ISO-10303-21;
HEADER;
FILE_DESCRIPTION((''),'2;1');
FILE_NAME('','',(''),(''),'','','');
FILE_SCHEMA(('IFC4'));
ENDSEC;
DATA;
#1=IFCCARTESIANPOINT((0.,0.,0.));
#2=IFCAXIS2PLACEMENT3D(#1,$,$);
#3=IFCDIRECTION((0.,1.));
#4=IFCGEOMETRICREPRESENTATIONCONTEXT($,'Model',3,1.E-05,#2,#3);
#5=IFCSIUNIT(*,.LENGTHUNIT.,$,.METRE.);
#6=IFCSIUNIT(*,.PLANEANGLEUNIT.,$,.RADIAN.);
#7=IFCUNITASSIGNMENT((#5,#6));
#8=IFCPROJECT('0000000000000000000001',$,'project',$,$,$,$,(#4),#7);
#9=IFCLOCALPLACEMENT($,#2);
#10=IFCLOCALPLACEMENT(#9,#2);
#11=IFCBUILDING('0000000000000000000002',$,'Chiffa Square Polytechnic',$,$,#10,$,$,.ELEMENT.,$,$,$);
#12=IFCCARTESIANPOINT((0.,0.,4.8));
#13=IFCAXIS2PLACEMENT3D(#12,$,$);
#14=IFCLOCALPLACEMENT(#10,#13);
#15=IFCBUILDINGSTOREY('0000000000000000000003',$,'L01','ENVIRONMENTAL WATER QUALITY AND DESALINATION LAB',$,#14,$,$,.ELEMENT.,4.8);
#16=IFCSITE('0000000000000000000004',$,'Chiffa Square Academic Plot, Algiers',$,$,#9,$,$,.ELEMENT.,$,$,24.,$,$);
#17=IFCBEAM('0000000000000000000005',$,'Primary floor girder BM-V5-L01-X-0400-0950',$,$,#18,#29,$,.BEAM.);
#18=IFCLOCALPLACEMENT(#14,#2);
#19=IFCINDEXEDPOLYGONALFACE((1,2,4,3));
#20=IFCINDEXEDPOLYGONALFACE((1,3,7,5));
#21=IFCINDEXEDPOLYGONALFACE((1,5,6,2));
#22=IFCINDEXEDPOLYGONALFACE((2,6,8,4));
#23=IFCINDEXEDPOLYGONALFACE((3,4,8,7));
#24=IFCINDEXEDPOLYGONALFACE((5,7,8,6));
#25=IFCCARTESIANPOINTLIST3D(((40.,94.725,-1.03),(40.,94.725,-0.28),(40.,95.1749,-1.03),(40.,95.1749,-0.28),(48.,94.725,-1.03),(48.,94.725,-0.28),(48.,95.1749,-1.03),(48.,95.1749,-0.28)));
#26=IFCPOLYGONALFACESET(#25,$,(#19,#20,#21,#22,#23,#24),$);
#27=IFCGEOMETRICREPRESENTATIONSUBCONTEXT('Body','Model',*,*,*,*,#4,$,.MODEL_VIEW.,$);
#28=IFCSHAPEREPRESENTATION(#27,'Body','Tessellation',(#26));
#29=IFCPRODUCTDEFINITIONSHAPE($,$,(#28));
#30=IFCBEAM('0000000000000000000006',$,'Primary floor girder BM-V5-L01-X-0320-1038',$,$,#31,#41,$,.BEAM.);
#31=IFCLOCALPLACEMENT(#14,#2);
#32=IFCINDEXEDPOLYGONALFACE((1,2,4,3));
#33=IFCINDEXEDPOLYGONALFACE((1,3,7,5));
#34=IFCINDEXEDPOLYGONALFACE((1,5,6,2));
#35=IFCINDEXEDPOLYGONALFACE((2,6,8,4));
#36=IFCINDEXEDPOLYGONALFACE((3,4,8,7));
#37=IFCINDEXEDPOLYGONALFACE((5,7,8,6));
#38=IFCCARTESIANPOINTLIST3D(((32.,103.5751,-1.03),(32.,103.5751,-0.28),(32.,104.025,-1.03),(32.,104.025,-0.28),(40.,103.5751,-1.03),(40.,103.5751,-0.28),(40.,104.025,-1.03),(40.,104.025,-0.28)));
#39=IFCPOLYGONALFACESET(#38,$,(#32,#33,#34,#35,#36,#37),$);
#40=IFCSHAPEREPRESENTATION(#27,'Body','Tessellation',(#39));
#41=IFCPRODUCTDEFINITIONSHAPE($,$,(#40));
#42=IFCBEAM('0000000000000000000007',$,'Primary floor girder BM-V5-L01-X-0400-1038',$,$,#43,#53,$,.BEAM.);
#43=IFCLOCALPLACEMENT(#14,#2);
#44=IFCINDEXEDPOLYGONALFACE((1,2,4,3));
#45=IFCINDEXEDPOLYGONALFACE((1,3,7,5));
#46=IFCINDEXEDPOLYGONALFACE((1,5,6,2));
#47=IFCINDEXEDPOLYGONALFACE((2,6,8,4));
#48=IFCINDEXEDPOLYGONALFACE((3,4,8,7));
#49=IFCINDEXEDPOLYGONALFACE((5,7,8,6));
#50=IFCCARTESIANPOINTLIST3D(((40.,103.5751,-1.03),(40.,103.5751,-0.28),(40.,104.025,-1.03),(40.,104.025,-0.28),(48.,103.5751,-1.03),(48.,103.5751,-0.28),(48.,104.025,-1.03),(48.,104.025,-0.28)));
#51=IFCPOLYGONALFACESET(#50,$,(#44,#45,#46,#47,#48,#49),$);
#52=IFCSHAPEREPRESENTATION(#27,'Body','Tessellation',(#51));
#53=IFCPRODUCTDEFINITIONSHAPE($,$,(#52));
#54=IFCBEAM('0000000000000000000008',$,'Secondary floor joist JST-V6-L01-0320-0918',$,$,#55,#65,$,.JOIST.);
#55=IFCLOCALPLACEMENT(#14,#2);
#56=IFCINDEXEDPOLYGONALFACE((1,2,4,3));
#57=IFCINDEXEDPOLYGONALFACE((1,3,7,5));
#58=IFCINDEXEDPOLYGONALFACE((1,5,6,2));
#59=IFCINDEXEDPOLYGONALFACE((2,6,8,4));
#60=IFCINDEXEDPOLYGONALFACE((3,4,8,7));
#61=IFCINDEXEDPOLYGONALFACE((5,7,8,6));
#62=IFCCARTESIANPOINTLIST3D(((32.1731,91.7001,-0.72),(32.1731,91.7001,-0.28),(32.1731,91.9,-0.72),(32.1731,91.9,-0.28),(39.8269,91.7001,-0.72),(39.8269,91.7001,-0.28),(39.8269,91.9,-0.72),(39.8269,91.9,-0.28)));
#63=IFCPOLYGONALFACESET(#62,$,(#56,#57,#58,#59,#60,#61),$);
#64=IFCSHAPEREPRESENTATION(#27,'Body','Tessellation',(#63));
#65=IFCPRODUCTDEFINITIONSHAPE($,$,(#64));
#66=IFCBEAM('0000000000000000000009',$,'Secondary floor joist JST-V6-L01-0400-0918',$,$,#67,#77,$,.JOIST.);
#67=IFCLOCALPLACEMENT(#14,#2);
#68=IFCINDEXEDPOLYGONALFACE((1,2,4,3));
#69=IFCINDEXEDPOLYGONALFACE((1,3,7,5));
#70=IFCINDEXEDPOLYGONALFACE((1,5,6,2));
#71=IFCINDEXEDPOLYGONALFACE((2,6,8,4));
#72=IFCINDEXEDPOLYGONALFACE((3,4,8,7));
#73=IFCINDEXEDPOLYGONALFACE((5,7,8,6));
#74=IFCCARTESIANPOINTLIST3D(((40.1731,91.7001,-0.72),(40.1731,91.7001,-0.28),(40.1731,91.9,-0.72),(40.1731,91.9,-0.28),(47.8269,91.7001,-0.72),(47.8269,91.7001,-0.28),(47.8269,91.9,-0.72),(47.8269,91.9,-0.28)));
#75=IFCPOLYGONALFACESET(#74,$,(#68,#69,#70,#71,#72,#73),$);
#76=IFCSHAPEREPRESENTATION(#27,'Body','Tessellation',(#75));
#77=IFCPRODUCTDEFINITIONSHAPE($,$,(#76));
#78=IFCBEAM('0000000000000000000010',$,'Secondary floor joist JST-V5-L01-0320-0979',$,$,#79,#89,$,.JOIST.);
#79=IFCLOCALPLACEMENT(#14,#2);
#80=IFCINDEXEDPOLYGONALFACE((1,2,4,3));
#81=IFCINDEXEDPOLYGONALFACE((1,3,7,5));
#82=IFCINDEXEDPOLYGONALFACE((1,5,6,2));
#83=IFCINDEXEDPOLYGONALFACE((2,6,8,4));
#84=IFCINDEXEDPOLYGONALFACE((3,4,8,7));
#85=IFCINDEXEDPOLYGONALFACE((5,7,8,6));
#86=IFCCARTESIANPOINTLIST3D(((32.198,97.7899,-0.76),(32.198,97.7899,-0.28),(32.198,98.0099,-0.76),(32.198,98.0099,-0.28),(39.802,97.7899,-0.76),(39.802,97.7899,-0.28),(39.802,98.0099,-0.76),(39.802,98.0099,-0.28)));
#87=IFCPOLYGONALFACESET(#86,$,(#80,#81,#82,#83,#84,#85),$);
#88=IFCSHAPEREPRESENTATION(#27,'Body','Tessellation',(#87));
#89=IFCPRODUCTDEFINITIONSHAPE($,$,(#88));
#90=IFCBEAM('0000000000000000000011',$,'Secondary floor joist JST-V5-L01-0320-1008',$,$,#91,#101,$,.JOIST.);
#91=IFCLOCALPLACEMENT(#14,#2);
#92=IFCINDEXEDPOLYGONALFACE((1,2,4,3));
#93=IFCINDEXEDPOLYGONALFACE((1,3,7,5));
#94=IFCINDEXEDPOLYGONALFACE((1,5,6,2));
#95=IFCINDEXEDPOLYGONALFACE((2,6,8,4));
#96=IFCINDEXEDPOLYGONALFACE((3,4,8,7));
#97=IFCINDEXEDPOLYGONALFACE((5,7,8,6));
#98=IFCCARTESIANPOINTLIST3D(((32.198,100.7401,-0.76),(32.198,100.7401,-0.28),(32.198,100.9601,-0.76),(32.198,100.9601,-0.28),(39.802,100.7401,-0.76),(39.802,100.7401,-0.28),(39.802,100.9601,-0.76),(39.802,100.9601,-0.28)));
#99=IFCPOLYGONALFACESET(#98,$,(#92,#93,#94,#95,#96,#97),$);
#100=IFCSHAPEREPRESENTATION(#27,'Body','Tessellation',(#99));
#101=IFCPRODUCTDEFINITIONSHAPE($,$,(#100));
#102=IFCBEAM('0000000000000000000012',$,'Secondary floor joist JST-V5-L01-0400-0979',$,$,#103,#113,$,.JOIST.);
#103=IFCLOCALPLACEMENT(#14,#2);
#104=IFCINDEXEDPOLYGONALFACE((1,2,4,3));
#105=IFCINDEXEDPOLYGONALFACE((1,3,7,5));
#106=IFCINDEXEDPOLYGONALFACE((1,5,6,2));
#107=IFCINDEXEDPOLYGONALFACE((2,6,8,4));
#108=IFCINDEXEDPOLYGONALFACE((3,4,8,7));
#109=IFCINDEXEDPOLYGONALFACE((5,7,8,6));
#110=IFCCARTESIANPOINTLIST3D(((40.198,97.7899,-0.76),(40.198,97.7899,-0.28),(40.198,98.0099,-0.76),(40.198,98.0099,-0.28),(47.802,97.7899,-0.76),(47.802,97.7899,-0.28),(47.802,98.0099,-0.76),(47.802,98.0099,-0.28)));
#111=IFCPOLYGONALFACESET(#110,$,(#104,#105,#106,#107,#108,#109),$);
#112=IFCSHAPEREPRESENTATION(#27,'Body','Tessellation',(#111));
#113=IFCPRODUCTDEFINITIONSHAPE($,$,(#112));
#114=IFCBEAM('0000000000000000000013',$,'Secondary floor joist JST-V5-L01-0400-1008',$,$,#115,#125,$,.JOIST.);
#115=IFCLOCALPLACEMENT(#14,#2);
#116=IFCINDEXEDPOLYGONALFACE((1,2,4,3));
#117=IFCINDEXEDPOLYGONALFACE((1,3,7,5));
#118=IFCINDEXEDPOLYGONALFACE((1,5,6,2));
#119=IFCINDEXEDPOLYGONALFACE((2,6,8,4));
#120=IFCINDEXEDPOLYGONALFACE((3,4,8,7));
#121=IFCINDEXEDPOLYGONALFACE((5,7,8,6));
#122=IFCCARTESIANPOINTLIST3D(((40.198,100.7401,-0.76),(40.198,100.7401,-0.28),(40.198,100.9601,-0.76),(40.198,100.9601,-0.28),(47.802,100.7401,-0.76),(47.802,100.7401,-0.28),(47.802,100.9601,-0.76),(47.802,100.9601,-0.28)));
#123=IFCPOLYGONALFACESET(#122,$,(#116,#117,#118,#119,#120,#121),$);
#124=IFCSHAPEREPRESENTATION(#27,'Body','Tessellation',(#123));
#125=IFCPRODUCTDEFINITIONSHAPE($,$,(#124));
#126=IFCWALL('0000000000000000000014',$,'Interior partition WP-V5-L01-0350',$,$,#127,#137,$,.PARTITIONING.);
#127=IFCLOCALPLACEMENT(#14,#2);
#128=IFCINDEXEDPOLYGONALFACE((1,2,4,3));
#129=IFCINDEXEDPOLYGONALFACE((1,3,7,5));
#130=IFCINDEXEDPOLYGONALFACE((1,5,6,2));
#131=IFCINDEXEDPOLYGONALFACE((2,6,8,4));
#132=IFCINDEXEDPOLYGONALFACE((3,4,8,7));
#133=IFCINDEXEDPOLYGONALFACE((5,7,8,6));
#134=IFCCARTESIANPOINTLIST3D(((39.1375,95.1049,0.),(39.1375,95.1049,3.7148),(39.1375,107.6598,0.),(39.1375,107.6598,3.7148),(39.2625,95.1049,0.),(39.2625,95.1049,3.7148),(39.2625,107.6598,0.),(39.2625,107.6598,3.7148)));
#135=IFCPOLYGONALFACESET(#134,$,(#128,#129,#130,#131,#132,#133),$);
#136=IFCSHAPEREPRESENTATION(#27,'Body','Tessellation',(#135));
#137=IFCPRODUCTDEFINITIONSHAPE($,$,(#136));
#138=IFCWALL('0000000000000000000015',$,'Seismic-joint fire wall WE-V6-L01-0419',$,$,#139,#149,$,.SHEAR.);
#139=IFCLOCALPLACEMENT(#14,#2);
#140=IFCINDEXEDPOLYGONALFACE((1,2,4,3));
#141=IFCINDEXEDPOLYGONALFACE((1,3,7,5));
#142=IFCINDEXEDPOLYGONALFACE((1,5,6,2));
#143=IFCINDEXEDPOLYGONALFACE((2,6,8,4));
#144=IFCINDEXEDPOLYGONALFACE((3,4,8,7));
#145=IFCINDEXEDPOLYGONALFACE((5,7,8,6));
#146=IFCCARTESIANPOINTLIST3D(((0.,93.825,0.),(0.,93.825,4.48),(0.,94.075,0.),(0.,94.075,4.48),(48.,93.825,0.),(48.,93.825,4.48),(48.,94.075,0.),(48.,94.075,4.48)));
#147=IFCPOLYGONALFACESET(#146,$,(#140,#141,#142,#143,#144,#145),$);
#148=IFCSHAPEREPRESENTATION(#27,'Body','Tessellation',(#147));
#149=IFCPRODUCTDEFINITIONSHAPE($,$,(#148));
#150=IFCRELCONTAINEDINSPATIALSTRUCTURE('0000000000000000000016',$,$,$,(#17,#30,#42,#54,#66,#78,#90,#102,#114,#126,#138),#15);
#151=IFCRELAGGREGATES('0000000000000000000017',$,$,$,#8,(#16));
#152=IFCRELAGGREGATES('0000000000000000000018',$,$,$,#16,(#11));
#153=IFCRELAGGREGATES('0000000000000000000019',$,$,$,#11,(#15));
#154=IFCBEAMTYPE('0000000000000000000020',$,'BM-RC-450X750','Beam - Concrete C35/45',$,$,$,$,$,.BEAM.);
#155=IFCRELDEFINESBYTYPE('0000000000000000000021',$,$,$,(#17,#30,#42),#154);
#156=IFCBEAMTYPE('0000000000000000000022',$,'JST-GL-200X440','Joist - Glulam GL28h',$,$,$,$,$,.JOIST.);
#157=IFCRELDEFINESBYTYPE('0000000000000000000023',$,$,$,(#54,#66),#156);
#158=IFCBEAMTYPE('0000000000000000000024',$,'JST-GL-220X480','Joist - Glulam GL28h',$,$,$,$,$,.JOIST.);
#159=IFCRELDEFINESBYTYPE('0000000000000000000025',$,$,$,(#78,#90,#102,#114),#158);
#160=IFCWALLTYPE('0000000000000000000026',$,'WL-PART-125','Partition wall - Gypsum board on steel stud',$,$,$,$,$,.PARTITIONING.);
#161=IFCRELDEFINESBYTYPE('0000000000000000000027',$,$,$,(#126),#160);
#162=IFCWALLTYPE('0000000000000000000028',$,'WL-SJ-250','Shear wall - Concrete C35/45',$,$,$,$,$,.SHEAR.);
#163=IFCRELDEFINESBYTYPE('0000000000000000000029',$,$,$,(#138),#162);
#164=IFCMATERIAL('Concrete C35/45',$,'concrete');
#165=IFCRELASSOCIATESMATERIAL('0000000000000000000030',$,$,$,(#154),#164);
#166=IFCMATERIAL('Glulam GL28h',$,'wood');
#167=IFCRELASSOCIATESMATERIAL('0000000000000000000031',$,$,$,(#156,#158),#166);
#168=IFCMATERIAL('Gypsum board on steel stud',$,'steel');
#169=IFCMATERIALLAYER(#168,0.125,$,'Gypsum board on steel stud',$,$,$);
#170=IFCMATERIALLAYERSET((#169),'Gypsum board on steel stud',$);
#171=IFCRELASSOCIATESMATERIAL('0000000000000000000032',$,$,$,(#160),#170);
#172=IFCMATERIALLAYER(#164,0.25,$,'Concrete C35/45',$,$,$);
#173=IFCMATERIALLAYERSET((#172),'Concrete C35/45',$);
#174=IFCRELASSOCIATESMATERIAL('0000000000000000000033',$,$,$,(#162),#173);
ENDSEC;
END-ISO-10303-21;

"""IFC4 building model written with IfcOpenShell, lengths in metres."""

from ifc_helpers import new_model, si_unit, direction, frame, frame_2d, origin, origin_2d, place, context, subcontext, project, spatial, rectangle, extrude, material, layer, layer_set, material_profile, profile_set, type_object, element, save


model = new_model("IFC4")

# Units and contexts
model_context = context("Model", 3, precision=1e-05, world=origin(), true_north=direction((0.0, 1.0)))
body_context = subcontext(model_context, "Body", "Model", "MODEL_VIEW")
ifc_project = project(units=[si_unit("LENGTHUNIT", "METRE"), si_unit("PLANEANGLEUNIT", "RADIAN")], contexts=[model_context])

# Site, building, storey
site_placement = place(None, origin())
site = spatial("IfcSite", under=ifc_project, at=site_placement, Name="Chiffa Square Academic Plot, Algiers", CompositionType="ELEMENT", RefElevation=24.0)
building_placement = place(site_placement, origin())
building = spatial("IfcBuilding", under=site, at=building_placement, Name="Chiffa Square Polytechnic", CompositionType="ELEMENT")
storey_placement = place(building_placement, frame((0.0, 0.0, 4.8)))
storey = spatial("IfcBuildingStorey", under=building, at=storey_placement, Name="L01", Description="ENVIRONMENTAL WATER QUALITY AND DESALINATION LAB", CompositionType="ELEMENT", Elevation=4.8)

# Shared definitions
ifc_material_1 = material(Name="Concrete C35/45", Category="concrete")

# Beams
ifc_material_profile_1 = material_profile(ifc_material_1, rectangle(XDim=0.45, YDim=0.75, at=origin_2d()), Name="RC 450x750")
ifc_profile_set_1 = profile_set([ifc_material_profile_1], Name="Concrete C35/45")
beam_type_1 = type_object("IfcBeamType", Name="BM-RC-450X750", Description="Beam - Concrete C35/45", PredefinedType="BEAM", material=ifc_profile_set_1)
for number, where, z_axis, x_axis, name in (
    (1, (40.0, 94.95, -0.655), (1.0, 0.0, 0.0), (0.0, 1.0, 0.0), "Primary floor girder BM-V5-L01-X-0400-0950"),
    (2, (32.0, 103.8, -0.655), (1.0, 0.0, 0.0), (0.0, 1.0, 0.0), "Primary floor girder BM-V5-L01-X-0320-1038"),
    (3, (40.0, 103.8, -0.655), (1.0, 0.0, 0.0), (0.0, 1.0, 0.0), "Primary floor girder BM-V5-L01-X-0400-1038"),
):
    element("IfcBeam", number, at=place(storey_placement, frame(where, z_axis=z_axis, x_axis=x_axis)), inside=storey, type_object=beam_type_1, Name=name, PredefinedType="BEAM", context=body_context, shape_type="SweptSolid", body=[
        extrude(rectangle(XDim=0.45, YDim=0.75, at=origin_2d()), origin(), (0.0, 0.0, 1.0), 8.0),
    ])
ifc_material_2 = material(Name="Glulam GL28h", Category="wood")
ifc_material_profile_2 = material_profile(ifc_material_2, rectangle(XDim=0.2, YDim=0.4399, at=origin_2d()), Name="GL28h 200x440")
ifc_profile_set_2 = profile_set([ifc_material_profile_2], Name="Glulam GL28h")
beam_type_2 = type_object("IfcBeamType", Name="JST-GL-200X440", Description="Joist - Glulam GL28h", PredefinedType="JOIST", material=ifc_profile_set_2)
for number, where, z_axis, x_axis, name in (
    (4, (32.1731, 91.8, -0.5), (1.0, 0.0, 0.0), (0.0, 1.0, 0.0), "Secondary floor joist JST-V6-L01-0320-0918"),
    (5, (40.1731, 91.8, -0.5), (1.0, 0.0, 0.0), (0.0, 1.0, 0.0), "Secondary floor joist JST-V6-L01-0400-0918"),
):
    element("IfcBeam", number, at=place(storey_placement, frame(where, z_axis=z_axis, x_axis=x_axis)), inside=storey, type_object=beam_type_2, Name=name, PredefinedType="JOIST", context=body_context, shape_type="SweptSolid", body=[
        extrude(rectangle(XDim=0.2, YDim=0.4399, at=origin_2d()), origin(), (0.0, 0.0, 1.0), 7.6538),
    ])
ifc_material_profile_3 = material_profile(ifc_material_2, rectangle(XDim=0.22, YDim=0.48, at=origin_2d()), Name="GL28h 220x480")
ifc_profile_set_3 = profile_set([ifc_material_profile_3], Name="Glulam GL28h")
beam_type_3 = type_object("IfcBeamType", Name="JST-GL-220X480", Description="Joist - Glulam GL28h", PredefinedType="JOIST", material=ifc_profile_set_3)
for number, where, z_axis, x_axis, name in (
    (6, (32.198, 97.8999, -0.52), (1.0, 0.0, 0.0), (0.0, 1.0, 0.0), "Secondary floor joist JST-V5-L01-0320-0979"),
    (7, (32.198, 100.8501, -0.52), (1.0, 0.0, 0.0), (0.0, 1.0, 0.0), "Secondary floor joist JST-V5-L01-0320-1008"),
    (8, (40.198, 97.8999, -0.52), (1.0, 0.0, 0.0), (0.0, 1.0, 0.0), "Secondary floor joist JST-V5-L01-0400-0979"),
    (9, (40.198, 100.8501, -0.52), (1.0, 0.0, 0.0), (0.0, 1.0, 0.0), "Secondary floor joist JST-V5-L01-0400-1008"),
):
    element("IfcBeam", number, at=place(storey_placement, frame(where, z_axis=z_axis, x_axis=x_axis)), inside=storey, type_object=beam_type_3, Name=name, PredefinedType="JOIST", context=body_context, shape_type="SweptSolid", body=[
        extrude(rectangle(XDim=0.22, YDim=0.48, at=origin_2d()), origin(), (0.0, 0.0, 1.0), 7.604),
    ])

# Walls
ifc_material_3 = material(Name="Gypsum board on steel stud", Category="steel")
ifc_layer_1 = layer(ifc_material_3, 0.125, Name="Gypsum board on steel stud")
ifc_layer_set_1 = layer_set([ifc_layer_1], Name="Gypsum board on steel stud")
wall_type_1 = type_object("IfcWallType", Name="WL-PART-125", Description="Partition wall - Gypsum board on steel stud", PredefinedType="PARTITIONING", material=ifc_layer_set_1)
wall_1_placement = place(storey_placement, frame((39.2, 95.105, 0.0), z_axis=(0.0, 0.0, 1.0), x_axis=(0.0, 1.0, 0.0)))
element("IfcWall", 10, at=wall_1_placement, inside=storey, type_object=wall_type_1, Name="Interior partition WP-V5-L01-0350", PredefinedType="PARTITIONING", context=body_context, shape_type="SweptSolid", body=[
    extrude(rectangle(XDim=12.5549, YDim=0.125, at=frame_2d((6.2773, 0.0))), origin(), (0.0, 0.0, 1.0), 3.7148),
])
ifc_layer_2 = layer(ifc_material_1, 0.25, Name="Concrete C35/45")
ifc_layer_set_2 = layer_set([ifc_layer_2], Name="Concrete C35/45")
wall_type_2 = type_object("IfcWallType", Name="WL-SJ-250", Description="Shear wall - Concrete C35/45", PredefinedType="SHEAR", material=ifc_layer_set_2)
wall_2_placement = place(storey_placement, frame((48.0, 93.95, 0.0), z_axis=(0.0, 0.0, 1.0), x_axis=(-1.0, 0.0, 0.0)))
element("IfcWall", 11, at=wall_2_placement, inside=storey, type_object=wall_type_2, Name="Seismic-joint fire wall WE-V6-L01-0419", PredefinedType="SHEAR", context=body_context, shape_type="SweptSolid", body=[
    extrude(rectangle(XDim=48.0, YDim=0.25, at=frame_2d((24.0, 0.0))), origin(), (0.0, 0.0, 1.0), 4.48),
])

save(model, "model.ifc")
